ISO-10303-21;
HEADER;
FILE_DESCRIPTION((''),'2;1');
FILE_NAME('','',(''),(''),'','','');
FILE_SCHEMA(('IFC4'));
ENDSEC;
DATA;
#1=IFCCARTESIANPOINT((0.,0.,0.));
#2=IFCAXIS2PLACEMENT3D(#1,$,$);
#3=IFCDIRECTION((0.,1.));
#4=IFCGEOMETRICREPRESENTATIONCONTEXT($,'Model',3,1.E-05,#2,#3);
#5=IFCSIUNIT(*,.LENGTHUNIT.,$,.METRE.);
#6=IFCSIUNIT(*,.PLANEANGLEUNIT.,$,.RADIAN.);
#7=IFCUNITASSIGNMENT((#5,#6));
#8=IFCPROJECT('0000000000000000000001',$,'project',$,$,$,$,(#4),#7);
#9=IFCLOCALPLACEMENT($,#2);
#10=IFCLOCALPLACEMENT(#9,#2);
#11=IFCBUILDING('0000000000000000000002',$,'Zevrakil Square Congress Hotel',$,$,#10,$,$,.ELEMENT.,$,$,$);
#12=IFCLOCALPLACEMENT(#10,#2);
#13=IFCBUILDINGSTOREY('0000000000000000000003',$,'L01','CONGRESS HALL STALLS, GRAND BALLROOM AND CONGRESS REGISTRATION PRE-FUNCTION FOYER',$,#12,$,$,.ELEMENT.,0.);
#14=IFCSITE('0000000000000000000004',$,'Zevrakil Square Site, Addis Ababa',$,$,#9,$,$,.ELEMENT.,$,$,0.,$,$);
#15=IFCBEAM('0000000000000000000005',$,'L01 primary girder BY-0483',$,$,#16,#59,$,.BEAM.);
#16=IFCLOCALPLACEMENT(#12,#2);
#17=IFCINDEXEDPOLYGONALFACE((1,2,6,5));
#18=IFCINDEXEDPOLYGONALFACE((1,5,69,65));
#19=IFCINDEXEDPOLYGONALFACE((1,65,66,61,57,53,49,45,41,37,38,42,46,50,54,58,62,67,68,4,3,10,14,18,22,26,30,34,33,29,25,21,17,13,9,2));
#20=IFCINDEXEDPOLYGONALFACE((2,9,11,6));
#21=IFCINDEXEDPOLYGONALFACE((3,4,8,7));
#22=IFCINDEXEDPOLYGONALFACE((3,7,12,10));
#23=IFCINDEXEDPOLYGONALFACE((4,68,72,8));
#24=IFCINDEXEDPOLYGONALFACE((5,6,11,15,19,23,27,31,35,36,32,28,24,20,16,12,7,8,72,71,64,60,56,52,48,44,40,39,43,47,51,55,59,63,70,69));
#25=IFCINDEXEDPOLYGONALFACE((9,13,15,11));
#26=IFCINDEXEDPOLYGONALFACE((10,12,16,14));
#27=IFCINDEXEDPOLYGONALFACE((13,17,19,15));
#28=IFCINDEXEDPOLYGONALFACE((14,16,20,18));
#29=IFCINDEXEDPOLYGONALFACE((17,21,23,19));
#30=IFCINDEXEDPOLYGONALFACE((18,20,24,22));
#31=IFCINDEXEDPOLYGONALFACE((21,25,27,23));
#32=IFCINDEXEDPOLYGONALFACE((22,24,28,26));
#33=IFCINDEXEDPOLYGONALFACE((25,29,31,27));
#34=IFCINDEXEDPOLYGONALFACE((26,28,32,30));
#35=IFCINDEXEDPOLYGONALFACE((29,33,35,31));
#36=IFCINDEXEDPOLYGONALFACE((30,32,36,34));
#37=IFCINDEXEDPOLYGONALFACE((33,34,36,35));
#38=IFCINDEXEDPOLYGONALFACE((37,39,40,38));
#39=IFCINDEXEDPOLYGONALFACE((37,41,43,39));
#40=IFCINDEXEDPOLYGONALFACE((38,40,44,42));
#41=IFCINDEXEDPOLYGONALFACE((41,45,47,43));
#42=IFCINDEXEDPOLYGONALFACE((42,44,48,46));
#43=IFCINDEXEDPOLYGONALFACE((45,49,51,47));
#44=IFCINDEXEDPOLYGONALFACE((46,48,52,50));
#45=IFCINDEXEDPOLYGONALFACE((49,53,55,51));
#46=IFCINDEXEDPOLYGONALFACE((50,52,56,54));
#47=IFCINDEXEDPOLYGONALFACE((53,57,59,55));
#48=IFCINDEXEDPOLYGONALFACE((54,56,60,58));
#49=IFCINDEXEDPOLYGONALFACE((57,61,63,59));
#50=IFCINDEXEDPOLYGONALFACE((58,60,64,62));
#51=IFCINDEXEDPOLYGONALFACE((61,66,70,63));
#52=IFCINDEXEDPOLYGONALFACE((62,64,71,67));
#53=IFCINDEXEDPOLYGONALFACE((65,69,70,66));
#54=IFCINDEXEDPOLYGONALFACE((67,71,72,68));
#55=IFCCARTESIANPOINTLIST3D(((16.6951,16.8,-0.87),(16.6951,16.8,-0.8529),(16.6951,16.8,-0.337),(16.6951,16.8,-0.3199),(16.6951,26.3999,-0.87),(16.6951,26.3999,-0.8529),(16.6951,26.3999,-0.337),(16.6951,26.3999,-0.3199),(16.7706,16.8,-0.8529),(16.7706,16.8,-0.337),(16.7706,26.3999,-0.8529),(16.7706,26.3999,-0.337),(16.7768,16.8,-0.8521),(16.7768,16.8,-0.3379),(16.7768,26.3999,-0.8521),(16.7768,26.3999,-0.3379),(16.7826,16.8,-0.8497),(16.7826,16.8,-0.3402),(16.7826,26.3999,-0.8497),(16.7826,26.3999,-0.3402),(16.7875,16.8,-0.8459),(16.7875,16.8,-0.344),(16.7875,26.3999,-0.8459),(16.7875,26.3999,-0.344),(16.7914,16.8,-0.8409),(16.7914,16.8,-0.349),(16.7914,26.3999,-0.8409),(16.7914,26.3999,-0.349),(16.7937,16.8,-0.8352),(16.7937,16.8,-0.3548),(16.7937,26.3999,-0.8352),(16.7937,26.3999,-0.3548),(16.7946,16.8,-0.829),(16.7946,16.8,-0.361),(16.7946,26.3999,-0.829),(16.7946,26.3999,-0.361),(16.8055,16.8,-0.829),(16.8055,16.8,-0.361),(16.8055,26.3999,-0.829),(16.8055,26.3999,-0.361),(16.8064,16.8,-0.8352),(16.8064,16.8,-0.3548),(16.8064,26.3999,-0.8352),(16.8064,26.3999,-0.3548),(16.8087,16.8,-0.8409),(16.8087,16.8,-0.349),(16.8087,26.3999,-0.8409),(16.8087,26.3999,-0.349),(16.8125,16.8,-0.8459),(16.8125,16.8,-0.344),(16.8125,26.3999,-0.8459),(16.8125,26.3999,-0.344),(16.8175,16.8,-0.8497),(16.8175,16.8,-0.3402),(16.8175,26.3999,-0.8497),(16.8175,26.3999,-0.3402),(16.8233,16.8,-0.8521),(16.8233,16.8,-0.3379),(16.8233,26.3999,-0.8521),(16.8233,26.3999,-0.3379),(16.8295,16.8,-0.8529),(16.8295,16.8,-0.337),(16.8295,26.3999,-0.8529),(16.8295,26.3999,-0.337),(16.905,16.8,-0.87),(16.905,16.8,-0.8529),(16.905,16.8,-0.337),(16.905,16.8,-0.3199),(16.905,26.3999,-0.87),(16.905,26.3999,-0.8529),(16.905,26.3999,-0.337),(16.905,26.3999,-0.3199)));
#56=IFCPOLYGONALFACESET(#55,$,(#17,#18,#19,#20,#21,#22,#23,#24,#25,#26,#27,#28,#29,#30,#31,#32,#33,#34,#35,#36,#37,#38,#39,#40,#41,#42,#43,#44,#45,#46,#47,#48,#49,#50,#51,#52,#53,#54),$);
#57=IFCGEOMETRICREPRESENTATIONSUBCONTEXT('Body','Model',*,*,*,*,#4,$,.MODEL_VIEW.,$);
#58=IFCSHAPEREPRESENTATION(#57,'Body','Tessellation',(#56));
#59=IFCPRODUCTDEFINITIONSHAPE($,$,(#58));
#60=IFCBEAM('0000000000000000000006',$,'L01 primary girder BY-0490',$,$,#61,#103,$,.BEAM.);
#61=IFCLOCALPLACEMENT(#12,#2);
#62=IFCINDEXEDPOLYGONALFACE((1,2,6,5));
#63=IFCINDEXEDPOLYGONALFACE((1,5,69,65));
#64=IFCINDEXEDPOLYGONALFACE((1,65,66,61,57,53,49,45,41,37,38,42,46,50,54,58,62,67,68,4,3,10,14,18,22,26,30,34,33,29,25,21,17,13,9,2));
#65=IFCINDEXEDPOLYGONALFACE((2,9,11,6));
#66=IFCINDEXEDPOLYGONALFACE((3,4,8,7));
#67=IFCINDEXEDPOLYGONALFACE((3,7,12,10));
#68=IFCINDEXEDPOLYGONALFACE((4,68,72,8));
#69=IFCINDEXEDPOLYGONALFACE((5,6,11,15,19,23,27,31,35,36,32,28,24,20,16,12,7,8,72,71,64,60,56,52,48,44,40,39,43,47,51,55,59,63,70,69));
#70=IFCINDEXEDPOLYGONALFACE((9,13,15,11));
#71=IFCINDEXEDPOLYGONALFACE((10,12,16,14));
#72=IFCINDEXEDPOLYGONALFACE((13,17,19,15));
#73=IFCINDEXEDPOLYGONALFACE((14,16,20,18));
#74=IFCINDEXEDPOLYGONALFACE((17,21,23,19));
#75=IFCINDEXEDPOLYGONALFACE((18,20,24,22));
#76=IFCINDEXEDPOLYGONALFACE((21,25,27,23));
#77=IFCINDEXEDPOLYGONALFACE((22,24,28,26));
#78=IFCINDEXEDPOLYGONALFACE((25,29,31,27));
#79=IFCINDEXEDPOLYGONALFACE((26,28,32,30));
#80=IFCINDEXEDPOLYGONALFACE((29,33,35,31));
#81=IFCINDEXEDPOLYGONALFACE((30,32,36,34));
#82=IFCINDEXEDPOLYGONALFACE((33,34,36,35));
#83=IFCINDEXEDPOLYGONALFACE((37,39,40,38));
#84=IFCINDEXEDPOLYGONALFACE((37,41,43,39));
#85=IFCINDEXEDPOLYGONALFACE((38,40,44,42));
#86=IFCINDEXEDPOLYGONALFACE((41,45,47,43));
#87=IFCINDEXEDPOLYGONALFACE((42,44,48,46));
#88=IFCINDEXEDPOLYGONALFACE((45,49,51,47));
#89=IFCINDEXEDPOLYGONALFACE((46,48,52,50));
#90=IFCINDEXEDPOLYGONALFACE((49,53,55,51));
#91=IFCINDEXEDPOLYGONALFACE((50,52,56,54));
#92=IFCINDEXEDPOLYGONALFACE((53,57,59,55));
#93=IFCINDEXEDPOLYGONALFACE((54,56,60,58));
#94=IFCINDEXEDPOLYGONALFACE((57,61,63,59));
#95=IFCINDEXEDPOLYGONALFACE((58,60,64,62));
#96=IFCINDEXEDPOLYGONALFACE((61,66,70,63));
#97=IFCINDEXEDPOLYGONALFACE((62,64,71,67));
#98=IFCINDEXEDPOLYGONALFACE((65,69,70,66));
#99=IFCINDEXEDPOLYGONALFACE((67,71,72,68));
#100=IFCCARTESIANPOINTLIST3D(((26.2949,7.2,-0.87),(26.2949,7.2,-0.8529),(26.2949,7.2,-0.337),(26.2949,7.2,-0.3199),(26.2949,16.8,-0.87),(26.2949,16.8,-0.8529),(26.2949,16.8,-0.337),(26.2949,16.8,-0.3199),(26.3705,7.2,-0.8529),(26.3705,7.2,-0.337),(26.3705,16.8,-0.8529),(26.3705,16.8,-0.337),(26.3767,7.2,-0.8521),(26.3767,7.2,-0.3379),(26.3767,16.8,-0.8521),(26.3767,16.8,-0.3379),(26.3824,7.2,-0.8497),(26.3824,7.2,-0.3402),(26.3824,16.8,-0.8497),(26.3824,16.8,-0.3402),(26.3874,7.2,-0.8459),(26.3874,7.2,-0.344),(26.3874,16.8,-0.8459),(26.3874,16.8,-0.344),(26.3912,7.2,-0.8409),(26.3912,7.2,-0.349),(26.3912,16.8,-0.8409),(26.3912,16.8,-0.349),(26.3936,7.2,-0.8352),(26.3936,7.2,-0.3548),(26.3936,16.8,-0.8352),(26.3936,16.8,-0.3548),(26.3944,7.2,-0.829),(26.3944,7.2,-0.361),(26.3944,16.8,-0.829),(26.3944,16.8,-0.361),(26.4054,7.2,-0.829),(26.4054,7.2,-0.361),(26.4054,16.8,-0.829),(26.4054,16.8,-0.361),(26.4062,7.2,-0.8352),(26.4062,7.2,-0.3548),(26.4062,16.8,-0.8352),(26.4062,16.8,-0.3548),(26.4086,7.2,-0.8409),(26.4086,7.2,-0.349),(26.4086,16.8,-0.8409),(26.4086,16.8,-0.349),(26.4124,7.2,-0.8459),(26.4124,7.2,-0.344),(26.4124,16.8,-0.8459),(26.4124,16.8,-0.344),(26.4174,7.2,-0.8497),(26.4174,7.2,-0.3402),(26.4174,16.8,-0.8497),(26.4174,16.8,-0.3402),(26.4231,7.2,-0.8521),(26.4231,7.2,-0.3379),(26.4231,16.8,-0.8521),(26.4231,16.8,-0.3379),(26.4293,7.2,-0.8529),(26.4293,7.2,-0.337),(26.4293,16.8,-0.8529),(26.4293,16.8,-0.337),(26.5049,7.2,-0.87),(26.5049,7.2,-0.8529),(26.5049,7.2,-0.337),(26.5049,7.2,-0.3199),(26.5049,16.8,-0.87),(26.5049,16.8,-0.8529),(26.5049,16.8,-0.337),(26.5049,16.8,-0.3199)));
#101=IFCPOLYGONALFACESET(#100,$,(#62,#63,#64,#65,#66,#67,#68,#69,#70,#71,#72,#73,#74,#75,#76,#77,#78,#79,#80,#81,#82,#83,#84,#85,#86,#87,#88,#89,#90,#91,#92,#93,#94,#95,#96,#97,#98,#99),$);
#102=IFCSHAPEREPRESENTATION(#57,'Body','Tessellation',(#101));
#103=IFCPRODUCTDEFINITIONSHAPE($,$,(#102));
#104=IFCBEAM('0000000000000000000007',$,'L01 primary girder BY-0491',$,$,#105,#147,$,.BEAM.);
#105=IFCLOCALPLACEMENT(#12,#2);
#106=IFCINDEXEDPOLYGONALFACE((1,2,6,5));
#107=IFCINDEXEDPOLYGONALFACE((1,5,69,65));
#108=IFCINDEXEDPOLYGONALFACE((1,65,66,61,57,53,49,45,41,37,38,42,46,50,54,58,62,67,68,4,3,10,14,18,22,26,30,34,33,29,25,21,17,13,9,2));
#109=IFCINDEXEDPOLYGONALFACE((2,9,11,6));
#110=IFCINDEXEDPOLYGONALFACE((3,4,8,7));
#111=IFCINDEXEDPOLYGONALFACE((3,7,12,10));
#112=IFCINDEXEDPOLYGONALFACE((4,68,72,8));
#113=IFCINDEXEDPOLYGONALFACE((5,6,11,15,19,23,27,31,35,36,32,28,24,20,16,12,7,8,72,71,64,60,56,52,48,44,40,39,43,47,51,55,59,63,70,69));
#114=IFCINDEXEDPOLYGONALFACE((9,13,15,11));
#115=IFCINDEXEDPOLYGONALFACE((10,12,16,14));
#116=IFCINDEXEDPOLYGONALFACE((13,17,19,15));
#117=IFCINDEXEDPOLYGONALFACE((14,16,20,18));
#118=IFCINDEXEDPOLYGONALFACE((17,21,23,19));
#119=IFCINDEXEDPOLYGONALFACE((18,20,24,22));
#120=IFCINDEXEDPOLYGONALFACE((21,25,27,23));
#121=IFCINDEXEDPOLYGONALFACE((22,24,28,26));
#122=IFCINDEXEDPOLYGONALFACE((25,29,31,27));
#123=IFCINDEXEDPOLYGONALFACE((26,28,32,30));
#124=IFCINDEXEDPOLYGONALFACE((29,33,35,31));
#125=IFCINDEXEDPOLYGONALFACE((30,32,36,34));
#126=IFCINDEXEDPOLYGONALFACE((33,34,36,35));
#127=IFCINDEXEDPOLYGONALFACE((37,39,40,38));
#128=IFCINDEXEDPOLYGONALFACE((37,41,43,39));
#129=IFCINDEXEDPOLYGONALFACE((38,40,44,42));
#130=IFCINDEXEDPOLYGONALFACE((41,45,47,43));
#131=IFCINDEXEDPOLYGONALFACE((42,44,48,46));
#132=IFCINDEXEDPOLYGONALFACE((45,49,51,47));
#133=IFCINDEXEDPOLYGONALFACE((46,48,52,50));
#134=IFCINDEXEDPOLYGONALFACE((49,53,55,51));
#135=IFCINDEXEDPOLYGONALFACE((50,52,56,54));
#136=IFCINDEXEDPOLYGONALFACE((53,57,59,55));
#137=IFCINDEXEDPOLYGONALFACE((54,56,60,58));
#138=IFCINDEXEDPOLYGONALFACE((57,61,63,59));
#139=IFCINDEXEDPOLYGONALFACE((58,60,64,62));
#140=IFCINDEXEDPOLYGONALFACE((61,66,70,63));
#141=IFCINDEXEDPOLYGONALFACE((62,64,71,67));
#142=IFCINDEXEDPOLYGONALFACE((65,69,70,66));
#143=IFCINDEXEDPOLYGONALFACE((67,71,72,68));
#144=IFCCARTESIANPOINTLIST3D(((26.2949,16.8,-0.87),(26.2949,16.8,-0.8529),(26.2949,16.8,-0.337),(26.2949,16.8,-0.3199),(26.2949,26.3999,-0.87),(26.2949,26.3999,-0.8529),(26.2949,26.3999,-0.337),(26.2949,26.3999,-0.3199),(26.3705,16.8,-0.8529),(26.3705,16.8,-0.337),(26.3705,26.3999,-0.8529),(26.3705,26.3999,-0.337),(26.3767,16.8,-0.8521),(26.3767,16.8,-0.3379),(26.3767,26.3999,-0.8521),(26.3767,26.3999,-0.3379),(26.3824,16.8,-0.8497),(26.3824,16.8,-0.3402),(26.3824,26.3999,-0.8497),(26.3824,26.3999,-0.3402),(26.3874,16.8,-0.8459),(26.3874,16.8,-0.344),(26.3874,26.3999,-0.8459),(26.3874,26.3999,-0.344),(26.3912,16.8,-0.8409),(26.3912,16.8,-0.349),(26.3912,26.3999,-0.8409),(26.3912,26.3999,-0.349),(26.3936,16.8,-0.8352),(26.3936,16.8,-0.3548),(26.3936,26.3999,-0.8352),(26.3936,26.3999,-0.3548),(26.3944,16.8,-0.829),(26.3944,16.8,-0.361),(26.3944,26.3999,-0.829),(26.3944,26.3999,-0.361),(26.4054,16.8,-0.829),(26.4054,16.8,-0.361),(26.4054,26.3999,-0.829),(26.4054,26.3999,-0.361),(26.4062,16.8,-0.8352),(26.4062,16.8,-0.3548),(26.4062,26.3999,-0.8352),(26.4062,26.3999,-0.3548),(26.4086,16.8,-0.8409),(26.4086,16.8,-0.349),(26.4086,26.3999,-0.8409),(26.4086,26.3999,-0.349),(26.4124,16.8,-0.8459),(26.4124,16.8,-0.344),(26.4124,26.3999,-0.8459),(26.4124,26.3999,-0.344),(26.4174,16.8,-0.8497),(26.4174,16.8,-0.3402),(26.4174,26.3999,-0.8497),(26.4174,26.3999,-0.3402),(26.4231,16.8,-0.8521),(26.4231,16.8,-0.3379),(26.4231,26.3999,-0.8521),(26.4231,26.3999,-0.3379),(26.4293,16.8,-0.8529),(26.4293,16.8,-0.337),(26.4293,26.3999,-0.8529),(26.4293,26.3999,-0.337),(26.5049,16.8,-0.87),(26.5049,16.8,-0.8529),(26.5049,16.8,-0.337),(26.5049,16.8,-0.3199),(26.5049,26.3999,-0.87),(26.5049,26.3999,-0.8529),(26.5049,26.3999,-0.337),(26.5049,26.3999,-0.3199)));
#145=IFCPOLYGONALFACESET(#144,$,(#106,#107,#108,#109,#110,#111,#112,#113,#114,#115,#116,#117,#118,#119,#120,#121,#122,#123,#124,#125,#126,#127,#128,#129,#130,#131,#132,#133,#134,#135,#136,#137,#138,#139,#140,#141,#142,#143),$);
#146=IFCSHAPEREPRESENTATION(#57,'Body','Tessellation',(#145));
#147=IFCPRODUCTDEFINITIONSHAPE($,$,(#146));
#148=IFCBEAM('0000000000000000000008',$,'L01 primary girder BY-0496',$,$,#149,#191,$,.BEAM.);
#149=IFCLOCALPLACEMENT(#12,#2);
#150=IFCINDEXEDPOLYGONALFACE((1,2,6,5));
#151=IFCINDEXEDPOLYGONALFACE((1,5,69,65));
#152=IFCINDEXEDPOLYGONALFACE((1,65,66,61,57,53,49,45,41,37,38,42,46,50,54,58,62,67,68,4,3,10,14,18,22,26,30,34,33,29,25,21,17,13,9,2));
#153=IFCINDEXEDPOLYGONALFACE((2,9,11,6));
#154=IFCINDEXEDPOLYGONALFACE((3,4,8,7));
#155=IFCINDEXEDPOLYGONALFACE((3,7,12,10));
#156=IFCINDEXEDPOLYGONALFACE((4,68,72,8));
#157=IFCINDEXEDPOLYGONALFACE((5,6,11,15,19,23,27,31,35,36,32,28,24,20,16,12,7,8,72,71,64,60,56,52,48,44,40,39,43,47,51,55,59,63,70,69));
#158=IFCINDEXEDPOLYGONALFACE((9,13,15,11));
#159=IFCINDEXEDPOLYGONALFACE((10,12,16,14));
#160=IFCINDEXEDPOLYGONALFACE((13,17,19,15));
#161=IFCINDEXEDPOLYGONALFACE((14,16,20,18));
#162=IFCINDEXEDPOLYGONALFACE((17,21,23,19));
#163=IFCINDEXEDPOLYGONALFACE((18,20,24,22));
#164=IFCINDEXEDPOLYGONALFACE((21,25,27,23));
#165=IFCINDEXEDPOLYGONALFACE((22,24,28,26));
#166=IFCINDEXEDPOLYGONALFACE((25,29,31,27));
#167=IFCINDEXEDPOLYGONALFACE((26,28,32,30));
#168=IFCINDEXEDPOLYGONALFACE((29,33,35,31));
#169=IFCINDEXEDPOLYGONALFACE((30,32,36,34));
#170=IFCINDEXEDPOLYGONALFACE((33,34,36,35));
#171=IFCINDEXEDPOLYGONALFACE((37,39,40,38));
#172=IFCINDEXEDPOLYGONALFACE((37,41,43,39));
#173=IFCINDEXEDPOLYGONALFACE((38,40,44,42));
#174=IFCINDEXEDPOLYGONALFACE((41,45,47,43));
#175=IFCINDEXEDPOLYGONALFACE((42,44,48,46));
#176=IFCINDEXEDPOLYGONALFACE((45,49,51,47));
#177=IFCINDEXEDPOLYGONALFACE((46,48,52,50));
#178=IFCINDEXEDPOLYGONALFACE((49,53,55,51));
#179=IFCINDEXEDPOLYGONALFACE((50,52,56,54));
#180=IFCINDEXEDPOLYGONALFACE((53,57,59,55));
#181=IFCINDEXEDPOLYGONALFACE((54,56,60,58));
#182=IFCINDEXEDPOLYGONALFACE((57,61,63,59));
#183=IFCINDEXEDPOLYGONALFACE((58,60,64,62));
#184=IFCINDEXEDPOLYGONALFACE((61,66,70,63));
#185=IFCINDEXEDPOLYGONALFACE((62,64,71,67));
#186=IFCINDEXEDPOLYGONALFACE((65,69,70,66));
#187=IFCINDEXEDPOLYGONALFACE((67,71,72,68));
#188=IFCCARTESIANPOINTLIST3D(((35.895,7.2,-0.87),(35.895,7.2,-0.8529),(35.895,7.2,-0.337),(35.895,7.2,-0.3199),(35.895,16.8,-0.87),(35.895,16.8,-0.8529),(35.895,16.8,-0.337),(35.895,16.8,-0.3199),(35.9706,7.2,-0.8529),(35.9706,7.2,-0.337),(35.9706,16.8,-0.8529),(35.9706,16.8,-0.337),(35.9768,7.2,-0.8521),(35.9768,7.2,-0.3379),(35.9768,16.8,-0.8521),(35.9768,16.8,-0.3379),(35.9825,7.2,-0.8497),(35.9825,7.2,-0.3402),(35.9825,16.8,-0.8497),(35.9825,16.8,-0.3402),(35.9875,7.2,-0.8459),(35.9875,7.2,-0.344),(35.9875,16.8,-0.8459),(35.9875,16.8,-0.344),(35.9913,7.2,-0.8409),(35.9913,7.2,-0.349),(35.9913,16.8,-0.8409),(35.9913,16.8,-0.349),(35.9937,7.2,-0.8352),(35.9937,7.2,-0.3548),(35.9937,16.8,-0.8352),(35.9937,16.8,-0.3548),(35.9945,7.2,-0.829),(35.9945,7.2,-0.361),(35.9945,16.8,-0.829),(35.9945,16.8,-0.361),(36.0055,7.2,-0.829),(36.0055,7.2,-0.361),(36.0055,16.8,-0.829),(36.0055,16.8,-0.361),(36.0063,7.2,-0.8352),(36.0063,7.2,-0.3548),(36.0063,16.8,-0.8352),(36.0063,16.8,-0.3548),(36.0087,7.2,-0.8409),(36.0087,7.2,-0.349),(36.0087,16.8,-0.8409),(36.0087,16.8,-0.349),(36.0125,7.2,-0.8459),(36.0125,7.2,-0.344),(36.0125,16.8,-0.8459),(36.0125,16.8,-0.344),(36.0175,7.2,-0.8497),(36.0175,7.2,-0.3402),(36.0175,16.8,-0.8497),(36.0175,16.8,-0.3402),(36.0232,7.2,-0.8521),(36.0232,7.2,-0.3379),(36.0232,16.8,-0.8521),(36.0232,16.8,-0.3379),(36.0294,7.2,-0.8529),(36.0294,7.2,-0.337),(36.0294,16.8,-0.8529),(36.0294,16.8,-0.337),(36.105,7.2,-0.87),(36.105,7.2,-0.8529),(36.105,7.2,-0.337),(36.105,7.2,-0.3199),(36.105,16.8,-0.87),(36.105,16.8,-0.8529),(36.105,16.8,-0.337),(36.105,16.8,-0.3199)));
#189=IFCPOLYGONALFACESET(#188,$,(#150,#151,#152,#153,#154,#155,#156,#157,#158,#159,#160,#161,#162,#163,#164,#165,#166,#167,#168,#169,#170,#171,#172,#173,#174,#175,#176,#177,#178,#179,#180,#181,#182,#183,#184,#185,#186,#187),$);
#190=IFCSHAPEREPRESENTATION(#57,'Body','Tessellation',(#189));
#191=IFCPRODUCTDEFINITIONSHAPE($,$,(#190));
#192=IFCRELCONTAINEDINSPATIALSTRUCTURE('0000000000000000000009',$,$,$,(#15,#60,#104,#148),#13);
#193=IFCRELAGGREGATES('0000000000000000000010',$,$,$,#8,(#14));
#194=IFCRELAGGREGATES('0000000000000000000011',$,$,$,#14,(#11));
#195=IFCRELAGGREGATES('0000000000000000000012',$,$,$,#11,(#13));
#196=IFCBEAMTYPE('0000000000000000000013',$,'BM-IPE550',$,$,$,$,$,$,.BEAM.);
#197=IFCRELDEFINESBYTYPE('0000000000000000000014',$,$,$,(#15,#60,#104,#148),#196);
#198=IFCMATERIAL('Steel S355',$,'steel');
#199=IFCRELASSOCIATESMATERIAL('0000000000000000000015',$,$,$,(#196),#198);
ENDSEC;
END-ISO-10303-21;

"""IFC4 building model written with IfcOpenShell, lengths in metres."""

from ifc_helpers import new_model, si_unit, direction, frame, origin, origin_2d, place, context, subcontext, project, spatial, i_section, extrude, material, material_profile, profile_set, type_object, element, save


model = new_model("IFC4")

# Units and contexts
model_context = context("Model", 3, precision=1e-05, world=origin(), true_north=direction((0.0, 1.0)))
body_context = subcontext(model_context, "Body", "Model", "MODEL_VIEW")
ifc_project = project(units=[si_unit("LENGTHUNIT", "METRE"), si_unit("PLANEANGLEUNIT", "RADIAN")], contexts=[model_context])

# Site, building, storey
site_placement = place(None, origin())
site = spatial("IfcSite", under=ifc_project, at=site_placement, Name="Zevrakil Square Site, Addis Ababa", CompositionType="ELEMENT", RefElevation=0.0)
building_placement = place(site_placement, origin())
building = spatial("IfcBuilding", under=site, at=building_placement, Name="Zevrakil Square Congress Hotel", CompositionType="ELEMENT")
storey_placement = place(building_placement, origin())
storey = spatial("IfcBuildingStorey", under=building, at=storey_placement, Name="L01", Description="CONGRESS HALL STALLS, GRAND BALLROOM AND CONGRESS REGISTRATION PRE-FUNCTION FOYER", CompositionType="ELEMENT", Elevation=0.0)

# Beams
ifc_material_1 = material(Name="Steel S355", Category="steel")
ifc_material_profile_1 = material_profile(ifc_material_1, i_section(OverallWidth=0.21, OverallDepth=0.55, WebThickness=0.011, FlangeThickness=0.0171, FilletRadius=0.0239, at=origin_2d()), Name="IPE 550")
ifc_profile_set_1 = profile_set([ifc_material_profile_1], Name="Steel S355")
beam_type_1 = type_object("IfcBeamType", Name="BM-IPE550", PredefinedType="BEAM", material=ifc_profile_set_1)
beam_1_placement = place(storey_placement, frame((16.8, 16.8, -0.595), z_axis=(0.0, 1.0, 0.0), x_axis=(-1.0, 0.0, 0.0)))
element("IfcBeam", 1, at=beam_1_placement, inside=storey, type_object=beam_type_1, Name="L01 primary girder BY-0483", PredefinedType="BEAM", context=body_context, shape_type="SweptSolid", body=[
    extrude(i_section(OverallWidth=0.21, OverallDepth=0.55, WebThickness=0.011, FlangeThickness=0.0171, FilletRadius=0.0239, at=origin_2d()), origin(), (0.0, 0.0, 1.0), 9.5999),
])
beam_2_placement = place(storey_placement, frame((26.3999, 7.2, -0.595), z_axis=(0.0, 1.0, 0.0), x_axis=(-1.0, 0.0, 0.0)))
element("IfcBeam", 2, at=beam_2_placement, inside=storey, type_object=beam_type_1, Name="L01 primary girder BY-0490", PredefinedType="BEAM", context=body_context, shape_type="SweptSolid", body=[
    extrude(i_section(OverallWidth=0.21, OverallDepth=0.55, WebThickness=0.011, FlangeThickness=0.0171, FilletRadius=0.0239, at=origin_2d()), origin(), (0.0, 0.0, 1.0), 9.6001),
])
beam_3_placement = place(storey_placement, frame((26.3999, 16.8, -0.595), z_axis=(0.0, 1.0, 0.0), x_axis=(-1.0, 0.0, 0.0)))
element("IfcBeam", 3, at=beam_3_placement, inside=storey, type_object=beam_type_1, Name="L01 primary girder BY-0491", PredefinedType="BEAM", context=body_context, shape_type="SweptSolid", body=[
    extrude(i_section(OverallWidth=0.21, OverallDepth=0.55, WebThickness=0.011, FlangeThickness=0.0171, FilletRadius=0.0239, at=origin_2d()), origin(), (0.0, 0.0, 1.0), 9.5999),
])
beam_4_placement = place(storey_placement, frame((36.0, 7.2, -0.595), z_axis=(0.0, 1.0, 0.0), x_axis=(-1.0, 0.0, 0.0)))
element("IfcBeam", 4, at=beam_4_placement, inside=storey, type_object=beam_type_1, Name="L01 primary girder BY-0496", PredefinedType="BEAM", context=body_context, shape_type="SweptSolid", body=[
    extrude(i_section(OverallWidth=0.21, OverallDepth=0.55, WebThickness=0.011, FlangeThickness=0.0171, FilletRadius=0.0239, at=origin_2d()), origin(), (0.0, 0.0, 1.0), 9.6001),
])

save(model, "model.ifc")
